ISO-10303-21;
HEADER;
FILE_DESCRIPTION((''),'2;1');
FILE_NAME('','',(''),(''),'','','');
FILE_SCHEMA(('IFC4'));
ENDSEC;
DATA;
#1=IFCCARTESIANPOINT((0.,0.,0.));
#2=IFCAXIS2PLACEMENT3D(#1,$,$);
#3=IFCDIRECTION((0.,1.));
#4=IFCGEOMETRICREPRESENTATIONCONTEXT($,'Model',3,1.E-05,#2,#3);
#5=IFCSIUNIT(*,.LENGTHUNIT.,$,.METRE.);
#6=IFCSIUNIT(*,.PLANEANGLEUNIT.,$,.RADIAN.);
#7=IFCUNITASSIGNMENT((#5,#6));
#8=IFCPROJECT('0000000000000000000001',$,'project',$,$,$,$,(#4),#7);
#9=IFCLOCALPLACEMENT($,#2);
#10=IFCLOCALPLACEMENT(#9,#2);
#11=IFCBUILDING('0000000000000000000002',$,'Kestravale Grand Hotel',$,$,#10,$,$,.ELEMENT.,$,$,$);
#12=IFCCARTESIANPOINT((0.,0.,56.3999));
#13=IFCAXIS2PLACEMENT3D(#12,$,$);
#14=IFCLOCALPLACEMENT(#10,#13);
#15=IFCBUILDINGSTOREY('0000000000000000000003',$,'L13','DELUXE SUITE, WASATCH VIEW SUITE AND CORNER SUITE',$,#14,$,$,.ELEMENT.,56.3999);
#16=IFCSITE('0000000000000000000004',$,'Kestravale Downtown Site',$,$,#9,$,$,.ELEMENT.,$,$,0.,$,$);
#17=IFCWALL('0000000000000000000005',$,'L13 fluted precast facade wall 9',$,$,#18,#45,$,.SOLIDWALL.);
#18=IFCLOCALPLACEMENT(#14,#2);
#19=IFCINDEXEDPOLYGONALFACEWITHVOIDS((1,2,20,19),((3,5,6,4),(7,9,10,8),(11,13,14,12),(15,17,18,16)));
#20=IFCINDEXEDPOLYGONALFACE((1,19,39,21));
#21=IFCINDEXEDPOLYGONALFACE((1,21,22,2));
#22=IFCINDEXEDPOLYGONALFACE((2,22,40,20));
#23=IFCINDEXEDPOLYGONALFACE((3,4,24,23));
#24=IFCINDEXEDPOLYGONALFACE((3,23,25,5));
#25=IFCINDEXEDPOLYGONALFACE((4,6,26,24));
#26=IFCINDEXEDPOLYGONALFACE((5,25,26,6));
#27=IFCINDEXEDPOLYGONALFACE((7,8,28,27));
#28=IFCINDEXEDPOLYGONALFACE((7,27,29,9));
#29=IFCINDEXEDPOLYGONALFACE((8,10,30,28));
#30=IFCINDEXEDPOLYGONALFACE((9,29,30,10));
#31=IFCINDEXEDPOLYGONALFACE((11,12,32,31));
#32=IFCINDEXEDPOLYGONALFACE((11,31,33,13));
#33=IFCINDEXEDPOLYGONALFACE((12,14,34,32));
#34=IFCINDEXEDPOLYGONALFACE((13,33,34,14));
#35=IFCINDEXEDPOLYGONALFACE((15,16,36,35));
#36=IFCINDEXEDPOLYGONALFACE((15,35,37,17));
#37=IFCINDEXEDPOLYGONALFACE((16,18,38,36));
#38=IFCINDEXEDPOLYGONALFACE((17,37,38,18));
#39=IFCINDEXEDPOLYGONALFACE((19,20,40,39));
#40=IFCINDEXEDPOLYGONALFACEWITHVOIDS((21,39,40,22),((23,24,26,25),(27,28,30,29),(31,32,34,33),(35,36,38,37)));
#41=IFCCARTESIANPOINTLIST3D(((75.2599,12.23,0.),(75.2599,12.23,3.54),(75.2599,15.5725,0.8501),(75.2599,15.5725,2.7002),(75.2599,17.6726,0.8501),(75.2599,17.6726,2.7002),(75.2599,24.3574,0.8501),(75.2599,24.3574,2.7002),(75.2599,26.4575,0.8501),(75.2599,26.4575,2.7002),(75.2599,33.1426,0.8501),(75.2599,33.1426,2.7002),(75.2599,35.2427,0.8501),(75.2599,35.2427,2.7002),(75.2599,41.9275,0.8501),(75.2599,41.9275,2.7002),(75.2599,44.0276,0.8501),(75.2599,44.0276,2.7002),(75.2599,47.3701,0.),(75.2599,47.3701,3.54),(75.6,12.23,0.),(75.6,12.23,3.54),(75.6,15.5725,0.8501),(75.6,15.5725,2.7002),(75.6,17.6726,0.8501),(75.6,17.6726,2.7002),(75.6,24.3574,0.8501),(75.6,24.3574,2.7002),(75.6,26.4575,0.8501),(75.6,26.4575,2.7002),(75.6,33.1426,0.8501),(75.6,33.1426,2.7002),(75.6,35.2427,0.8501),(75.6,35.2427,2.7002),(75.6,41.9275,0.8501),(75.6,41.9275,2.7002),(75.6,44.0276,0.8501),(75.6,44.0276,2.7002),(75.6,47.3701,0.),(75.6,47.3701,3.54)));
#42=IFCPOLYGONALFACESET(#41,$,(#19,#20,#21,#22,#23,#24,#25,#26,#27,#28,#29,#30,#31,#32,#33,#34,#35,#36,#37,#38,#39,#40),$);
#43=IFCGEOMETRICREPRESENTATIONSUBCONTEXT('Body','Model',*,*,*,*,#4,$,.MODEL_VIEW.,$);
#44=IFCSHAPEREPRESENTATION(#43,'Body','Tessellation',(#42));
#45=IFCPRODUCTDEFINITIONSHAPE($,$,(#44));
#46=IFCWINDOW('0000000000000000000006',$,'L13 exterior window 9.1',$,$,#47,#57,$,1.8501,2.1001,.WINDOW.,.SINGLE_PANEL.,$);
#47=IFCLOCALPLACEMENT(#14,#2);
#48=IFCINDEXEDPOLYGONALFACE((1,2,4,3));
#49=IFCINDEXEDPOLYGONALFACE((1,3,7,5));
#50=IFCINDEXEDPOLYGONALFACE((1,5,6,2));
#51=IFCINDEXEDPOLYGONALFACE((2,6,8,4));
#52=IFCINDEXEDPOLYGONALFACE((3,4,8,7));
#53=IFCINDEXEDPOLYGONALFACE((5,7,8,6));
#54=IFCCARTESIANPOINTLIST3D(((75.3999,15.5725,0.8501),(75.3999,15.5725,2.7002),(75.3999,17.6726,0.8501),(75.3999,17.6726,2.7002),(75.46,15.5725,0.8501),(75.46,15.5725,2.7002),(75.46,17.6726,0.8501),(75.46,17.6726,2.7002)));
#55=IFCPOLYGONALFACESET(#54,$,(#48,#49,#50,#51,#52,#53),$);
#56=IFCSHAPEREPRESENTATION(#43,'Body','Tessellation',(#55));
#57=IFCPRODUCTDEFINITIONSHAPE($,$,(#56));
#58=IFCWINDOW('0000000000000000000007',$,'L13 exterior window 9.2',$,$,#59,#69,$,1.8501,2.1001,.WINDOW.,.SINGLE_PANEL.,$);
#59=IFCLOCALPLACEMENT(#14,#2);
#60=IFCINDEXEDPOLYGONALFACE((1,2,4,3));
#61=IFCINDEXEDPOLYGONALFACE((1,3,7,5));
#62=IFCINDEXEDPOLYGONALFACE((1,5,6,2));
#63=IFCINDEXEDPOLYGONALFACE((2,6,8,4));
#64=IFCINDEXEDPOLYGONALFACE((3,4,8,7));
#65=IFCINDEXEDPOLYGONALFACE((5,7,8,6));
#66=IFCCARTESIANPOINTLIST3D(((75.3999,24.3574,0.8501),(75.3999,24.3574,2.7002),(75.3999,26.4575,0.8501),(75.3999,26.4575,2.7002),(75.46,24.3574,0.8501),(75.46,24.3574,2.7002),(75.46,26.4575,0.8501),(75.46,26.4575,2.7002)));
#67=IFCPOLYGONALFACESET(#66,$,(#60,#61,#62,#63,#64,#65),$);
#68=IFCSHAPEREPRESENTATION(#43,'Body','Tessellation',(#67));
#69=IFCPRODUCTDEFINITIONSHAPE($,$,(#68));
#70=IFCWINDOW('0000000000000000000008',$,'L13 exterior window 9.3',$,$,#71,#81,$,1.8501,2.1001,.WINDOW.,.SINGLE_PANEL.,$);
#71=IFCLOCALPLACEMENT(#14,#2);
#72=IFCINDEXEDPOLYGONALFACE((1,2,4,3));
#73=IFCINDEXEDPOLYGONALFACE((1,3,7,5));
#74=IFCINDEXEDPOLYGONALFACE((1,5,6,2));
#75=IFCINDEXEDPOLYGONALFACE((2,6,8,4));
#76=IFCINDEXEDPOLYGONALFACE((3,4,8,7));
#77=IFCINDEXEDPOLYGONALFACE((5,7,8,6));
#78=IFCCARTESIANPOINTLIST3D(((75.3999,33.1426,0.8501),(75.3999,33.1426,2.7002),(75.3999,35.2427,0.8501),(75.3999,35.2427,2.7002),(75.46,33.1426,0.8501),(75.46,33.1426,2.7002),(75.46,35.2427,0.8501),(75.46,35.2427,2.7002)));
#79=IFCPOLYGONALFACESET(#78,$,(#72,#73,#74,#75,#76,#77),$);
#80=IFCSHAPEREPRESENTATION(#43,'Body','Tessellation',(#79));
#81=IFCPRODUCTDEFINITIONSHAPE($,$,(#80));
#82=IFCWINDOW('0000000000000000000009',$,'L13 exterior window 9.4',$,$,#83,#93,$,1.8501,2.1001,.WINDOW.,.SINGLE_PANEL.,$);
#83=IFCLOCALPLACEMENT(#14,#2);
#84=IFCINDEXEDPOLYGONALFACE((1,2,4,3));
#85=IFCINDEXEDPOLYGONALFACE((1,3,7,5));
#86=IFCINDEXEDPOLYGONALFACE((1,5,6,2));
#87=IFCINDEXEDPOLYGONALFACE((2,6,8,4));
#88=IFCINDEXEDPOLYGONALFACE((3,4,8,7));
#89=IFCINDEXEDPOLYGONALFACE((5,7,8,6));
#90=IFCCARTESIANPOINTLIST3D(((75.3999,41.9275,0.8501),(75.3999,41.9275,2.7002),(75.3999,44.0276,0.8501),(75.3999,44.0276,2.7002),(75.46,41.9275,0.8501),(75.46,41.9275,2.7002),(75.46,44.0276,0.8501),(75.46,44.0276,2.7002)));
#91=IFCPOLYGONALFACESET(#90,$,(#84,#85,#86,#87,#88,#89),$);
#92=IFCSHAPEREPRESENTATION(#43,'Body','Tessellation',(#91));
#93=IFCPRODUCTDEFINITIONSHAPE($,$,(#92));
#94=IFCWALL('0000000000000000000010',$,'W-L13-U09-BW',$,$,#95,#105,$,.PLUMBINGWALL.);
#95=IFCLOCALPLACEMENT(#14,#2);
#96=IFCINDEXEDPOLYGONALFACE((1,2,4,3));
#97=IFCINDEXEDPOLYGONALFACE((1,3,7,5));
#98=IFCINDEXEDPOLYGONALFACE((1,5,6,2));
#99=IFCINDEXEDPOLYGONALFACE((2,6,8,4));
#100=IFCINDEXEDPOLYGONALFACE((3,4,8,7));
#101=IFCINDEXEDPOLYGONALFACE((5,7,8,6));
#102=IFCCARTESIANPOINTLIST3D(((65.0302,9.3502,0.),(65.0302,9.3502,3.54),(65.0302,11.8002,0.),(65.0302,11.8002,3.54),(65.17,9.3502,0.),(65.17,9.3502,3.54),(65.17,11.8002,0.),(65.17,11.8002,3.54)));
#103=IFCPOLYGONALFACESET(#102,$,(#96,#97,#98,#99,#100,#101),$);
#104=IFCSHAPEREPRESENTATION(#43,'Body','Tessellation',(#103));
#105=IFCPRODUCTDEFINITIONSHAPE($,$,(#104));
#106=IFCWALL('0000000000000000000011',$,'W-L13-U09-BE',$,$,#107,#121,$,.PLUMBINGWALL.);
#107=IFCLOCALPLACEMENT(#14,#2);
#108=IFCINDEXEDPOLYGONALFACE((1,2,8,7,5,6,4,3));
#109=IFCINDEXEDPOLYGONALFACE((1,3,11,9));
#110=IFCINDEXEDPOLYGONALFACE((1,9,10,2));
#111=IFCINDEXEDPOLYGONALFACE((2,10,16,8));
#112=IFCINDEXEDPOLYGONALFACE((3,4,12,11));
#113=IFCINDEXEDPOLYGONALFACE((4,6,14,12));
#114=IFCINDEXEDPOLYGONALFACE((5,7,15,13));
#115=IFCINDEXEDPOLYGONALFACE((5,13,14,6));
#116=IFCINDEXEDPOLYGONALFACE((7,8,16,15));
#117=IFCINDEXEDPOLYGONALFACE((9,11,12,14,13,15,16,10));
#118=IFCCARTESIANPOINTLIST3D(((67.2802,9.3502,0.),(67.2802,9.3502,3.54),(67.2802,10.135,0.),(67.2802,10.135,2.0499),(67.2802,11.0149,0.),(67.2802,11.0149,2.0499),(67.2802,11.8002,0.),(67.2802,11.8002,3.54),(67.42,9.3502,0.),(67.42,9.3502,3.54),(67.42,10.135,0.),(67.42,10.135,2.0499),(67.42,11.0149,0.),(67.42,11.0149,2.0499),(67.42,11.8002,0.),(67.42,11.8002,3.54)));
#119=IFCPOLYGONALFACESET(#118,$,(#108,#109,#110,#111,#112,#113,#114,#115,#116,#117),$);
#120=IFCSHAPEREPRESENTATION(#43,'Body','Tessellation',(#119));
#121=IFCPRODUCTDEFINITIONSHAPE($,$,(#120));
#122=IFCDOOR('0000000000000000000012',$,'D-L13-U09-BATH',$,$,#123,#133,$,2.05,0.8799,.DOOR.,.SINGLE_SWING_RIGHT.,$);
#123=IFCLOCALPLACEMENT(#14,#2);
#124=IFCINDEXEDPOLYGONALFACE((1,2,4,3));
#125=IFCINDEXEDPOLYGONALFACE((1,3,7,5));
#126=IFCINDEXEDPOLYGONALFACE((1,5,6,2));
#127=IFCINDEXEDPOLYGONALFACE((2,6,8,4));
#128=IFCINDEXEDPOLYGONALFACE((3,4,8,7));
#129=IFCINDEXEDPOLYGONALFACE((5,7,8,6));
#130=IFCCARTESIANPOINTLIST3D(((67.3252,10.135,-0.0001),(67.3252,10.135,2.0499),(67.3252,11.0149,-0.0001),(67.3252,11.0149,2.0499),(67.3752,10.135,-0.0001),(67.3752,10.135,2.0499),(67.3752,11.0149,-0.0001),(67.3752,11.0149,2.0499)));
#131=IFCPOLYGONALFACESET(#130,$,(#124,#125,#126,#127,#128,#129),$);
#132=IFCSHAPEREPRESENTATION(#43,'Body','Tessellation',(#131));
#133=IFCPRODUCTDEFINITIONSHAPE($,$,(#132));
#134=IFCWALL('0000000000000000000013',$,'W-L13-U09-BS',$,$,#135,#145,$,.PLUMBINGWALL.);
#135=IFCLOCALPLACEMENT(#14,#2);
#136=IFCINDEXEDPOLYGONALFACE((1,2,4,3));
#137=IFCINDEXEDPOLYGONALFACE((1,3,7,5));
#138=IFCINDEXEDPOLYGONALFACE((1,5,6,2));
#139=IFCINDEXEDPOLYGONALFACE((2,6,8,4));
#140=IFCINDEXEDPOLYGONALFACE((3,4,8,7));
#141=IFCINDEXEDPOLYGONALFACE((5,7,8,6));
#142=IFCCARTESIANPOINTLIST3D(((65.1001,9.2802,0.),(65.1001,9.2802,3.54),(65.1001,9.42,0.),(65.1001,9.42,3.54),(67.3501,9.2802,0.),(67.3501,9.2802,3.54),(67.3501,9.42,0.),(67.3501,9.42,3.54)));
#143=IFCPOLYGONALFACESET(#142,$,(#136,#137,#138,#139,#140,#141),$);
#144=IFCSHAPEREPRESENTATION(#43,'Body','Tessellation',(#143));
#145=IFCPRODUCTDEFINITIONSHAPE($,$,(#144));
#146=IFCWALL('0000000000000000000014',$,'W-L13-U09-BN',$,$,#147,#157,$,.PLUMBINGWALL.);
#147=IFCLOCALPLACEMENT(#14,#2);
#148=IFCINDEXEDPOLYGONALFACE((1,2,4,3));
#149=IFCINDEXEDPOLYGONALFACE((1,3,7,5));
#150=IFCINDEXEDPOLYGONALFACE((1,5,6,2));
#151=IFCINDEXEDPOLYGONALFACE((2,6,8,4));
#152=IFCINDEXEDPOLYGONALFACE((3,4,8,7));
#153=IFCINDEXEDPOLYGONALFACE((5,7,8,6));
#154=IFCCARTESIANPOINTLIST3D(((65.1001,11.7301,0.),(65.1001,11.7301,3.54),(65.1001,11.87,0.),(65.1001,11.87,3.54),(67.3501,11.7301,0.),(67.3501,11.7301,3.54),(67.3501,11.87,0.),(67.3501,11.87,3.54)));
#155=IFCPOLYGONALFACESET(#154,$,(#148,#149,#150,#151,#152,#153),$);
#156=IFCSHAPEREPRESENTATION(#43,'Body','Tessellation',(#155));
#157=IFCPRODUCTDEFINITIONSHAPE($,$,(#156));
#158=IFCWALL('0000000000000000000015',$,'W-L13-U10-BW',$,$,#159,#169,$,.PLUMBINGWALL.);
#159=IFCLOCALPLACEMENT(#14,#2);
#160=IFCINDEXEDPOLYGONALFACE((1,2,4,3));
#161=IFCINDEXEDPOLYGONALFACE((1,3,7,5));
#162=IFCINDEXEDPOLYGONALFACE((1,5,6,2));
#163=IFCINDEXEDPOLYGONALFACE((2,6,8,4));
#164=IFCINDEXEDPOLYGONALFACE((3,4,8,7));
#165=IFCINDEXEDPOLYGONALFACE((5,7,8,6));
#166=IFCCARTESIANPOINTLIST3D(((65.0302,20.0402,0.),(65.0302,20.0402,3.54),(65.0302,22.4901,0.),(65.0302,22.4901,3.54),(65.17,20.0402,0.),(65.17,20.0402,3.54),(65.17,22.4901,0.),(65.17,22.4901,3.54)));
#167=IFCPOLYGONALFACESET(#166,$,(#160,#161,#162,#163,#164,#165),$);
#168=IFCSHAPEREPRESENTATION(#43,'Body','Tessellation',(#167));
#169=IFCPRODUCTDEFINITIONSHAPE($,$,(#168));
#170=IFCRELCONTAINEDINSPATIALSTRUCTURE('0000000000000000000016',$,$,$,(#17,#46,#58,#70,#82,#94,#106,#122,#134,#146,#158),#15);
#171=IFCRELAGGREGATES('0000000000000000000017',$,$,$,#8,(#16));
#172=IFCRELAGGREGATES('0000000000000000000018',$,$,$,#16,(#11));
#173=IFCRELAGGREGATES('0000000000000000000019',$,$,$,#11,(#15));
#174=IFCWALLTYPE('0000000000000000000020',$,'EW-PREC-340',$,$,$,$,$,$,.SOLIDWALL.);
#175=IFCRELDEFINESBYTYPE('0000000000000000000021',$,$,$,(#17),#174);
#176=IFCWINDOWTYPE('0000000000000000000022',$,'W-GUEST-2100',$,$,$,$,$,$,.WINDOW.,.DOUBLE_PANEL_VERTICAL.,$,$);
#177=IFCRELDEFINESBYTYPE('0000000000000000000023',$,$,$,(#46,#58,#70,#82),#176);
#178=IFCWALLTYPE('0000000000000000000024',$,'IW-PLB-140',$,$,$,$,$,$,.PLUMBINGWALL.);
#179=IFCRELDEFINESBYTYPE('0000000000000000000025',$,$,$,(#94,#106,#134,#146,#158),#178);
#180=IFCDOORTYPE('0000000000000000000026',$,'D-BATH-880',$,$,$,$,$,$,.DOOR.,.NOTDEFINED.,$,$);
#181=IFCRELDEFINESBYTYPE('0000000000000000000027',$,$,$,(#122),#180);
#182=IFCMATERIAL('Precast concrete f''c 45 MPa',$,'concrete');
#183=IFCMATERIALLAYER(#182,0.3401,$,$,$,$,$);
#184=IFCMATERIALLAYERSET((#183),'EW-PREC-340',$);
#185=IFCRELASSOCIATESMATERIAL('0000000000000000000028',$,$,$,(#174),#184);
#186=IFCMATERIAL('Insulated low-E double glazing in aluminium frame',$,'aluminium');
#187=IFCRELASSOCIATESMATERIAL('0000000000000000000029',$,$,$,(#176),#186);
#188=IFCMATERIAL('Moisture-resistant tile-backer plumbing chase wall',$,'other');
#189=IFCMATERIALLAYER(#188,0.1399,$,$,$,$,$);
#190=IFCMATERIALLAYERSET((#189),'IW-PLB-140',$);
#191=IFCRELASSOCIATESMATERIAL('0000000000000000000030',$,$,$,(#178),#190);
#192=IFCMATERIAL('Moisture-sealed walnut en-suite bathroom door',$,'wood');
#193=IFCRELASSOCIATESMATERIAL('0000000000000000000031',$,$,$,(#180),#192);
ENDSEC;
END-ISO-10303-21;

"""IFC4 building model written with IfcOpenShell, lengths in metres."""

from ifc_helpers import new_model, si_unit, direction, frame, frame_2d, origin, place, context, subcontext, project, spatial, rectangle, extrude, material, layer, layer_set, type_object, element, fill, save


model = new_model("IFC4")

# Units and contexts
model_context = context("Model", 3, precision=1e-05, world=origin(), true_north=direction((0.0, 1.0)))
body_context = subcontext(model_context, "Body", "Model", "MODEL_VIEW")
ifc_project = project(units=[si_unit("LENGTHUNIT", "METRE"), si_unit("PLANEANGLEUNIT", "RADIAN")], contexts=[model_context])

# Site, building, storey
site_placement = place(None, origin())
site = spatial("IfcSite", under=ifc_project, at=site_placement, Name="Kestravale Downtown Site", CompositionType="ELEMENT", RefElevation=0.0)
building_placement = place(site_placement, origin())
building = spatial("IfcBuilding", under=site, at=building_placement, Name="Kestravale Grand Hotel", CompositionType="ELEMENT")
storey_placement = place(building_placement, frame((0.0, 0.0, 56.3999)))
storey = spatial("IfcBuildingStorey", under=building, at=storey_placement, Name="L13", Description="DELUXE SUITE, WASATCH VIEW SUITE AND CORNER SUITE", CompositionType="ELEMENT", Elevation=56.3999)

# Shared definitions
ifc_material_1 = material(Name="Precast concrete f'c 45 MPa", Category="concrete")
ifc_layer_1 = layer(ifc_material_1, 0.3401)
ifc_layer_set_1 = layer_set([ifc_layer_1], Name="EW-PREC-340")
wall_type_1 = type_object("IfcWallType", Name="EW-PREC-340", PredefinedType="SOLIDWALL", material=ifc_layer_set_1)
ifc_material_2 = material(Name="Insulated low-E double glazing in aluminium frame", Category="aluminium")
window_type = type_object("IfcWindowType", Name="W-GUEST-2100", PartitioningType="DOUBLE_PANEL_VERTICAL", PredefinedType="WINDOW", material=ifc_material_2)

# Wall, openings, windows
wall_1_placement = place(storey_placement, frame((75.4299, 12.23, 0.0), z_axis=(0.0, 0.0, 1.0), x_axis=(0.0, 1.0, 0.0)))
wall_1 = element("IfcWall", 1, at=wall_1_placement, inside=storey, type_object=wall_type_1, Name="L13 fluted precast facade wall 9", PredefinedType="SOLIDWALL", context=body_context, shape_type="SweptSolid", body=[
    extrude(rectangle(XDim=35.1401, YDim=0.3401, at=frame_2d((17.5701, 0.0))), origin(), (0.0, 0.0, 1.0), 3.54),
])
opening_1_placement = place(wall_1_placement, frame((3.3425, 0.0, 0.8501)))
opening_1 = element("IfcOpeningElement", 2, at=opening_1_placement, cuts=wall_1, PredefinedType="OPENING", context=body_context, shape_type="SweptSolid", body=[
    extrude(rectangle(XDim=2.1001, YDim=1.8501, at=frame_2d((1.05, 0.925))), frame((0.0, 0.1799, 0.0), z_axis=(0.0, -1.0, 0.0), x_axis=(1.0, 0.0, 0.0)), (0.0, 0.0, 1.0), 0.3601),
])
opening_2_placement = place(wall_1_placement, frame((12.1274, 0.0, 0.8501)))
opening_2 = element("IfcOpeningElement", 3, at=opening_2_placement, cuts=wall_1, PredefinedType="OPENING", context=body_context, shape_type="SweptSolid", body=[
    extrude(rectangle(XDim=2.1001, YDim=1.8501, at=frame_2d((1.05, 0.925))), frame((0.0, 0.1799, 0.0), z_axis=(0.0, -1.0, 0.0), x_axis=(1.0, 0.0, 0.0)), (0.0, 0.0, 1.0), 0.3601),
])
opening_3_placement = place(wall_1_placement, frame((20.9126, 0.0, 0.8501)))
opening_3 = element("IfcOpeningElement", 4, at=opening_3_placement, cuts=wall_1, PredefinedType="OPENING", context=body_context, shape_type="SweptSolid", body=[
    extrude(rectangle(XDim=2.1001, YDim=1.8501, at=frame_2d((1.05, 0.925))), frame((0.0, 0.1799, 0.0), z_axis=(0.0, -1.0, 0.0), x_axis=(1.0, 0.0, 0.0)), (0.0, 0.0, 1.0), 0.3601),
])
opening_4_placement = place(wall_1_placement, frame((29.6975, 0.0, 0.8501)))
opening_4 = element("IfcOpeningElement", 5, at=opening_4_placement, cuts=wall_1, PredefinedType="OPENING", context=body_context, shape_type="SweptSolid", body=[
    extrude(rectangle(XDim=2.1001, YDim=1.8501, at=frame_2d((1.05, 0.925))), frame((0.0, 0.1799, 0.0), z_axis=(0.0, -1.0, 0.0), x_axis=(1.0, 0.0, 0.0)), (0.0, 0.0, 1.0), 0.3601),
])
window_1_placement = place(opening_1_placement, origin())
window_1 = element("IfcWindow", 6, at=window_1_placement, inside=storey, type_object=window_type, Name="L13 exterior window 9.1", OverallHeight=1.8501, OverallWidth=2.1001, PartitioningType="SINGLE_PANEL", PredefinedType="WINDOW", context=body_context, shape_type="SweptSolid", body=[
    extrude(rectangle(XDim=2.1001, YDim=1.8501, at=frame_2d((1.05, 0.925))), frame((0.0, 0.03, 0.0), z_axis=(0.0, -1.0, 0.0), x_axis=(1.0, 0.0, 0.0)), (0.0, 0.0, 1.0), 0.0601),
])
fill(opening_1, window_1)
window_2_placement = place(opening_2_placement, origin())
window_2 = element("IfcWindow", 7, at=window_2_placement, inside=storey, type_object=window_type, Name="L13 exterior window 9.2", OverallHeight=1.8501, OverallWidth=2.1001, PartitioningType="SINGLE_PANEL", PredefinedType="WINDOW", context=body_context, shape_type="SweptSolid", body=[
    extrude(rectangle(XDim=2.1001, YDim=1.8501, at=frame_2d((1.05, 0.925))), frame((0.0, 0.03, 0.0), z_axis=(0.0, -1.0, 0.0), x_axis=(1.0, 0.0, 0.0)), (0.0, 0.0, 1.0), 0.0601),
])
fill(opening_2, window_2)
window_3_placement = place(opening_3_placement, origin())
window_3 = element("IfcWindow", 8, at=window_3_placement, inside=storey, type_object=window_type, Name="L13 exterior window 9.3", OverallHeight=1.8501, OverallWidth=2.1001, PartitioningType="SINGLE_PANEL", PredefinedType="WINDOW", context=body_context, shape_type="SweptSolid", body=[
    extrude(rectangle(XDim=2.1001, YDim=1.8501, at=frame_2d((1.05, 0.925))), frame((0.0, 0.03, 0.0), z_axis=(0.0, -1.0, 0.0), x_axis=(1.0, 0.0, 0.0)), (0.0, 0.0, 1.0), 0.0601),
])
fill(opening_3, window_3)
window_4_placement = place(opening_4_placement, origin())
window_4 = element("IfcWindow", 9, at=window_4_placement, inside=storey, type_object=window_type, Name="L13 exterior window 9.4", OverallHeight=1.8501, OverallWidth=2.1001, PartitioningType="SINGLE_PANEL", PredefinedType="WINDOW", context=body_context, shape_type="SweptSolid", body=[
    extrude(rectangle(XDim=2.1001, YDim=1.8501, at=frame_2d((1.05, 0.925))), frame((0.0, 0.03, 0.0), z_axis=(0.0, -1.0, 0.0), x_axis=(1.0, 0.0, 0.0)), (0.0, 0.0, 1.0), 0.0601),
])
fill(opening_4, window_4)

# Wall
ifc_material_3 = material(Name="Moisture-resistant tile-backer plumbing chase wall", Category="other")
ifc_layer_2 = layer(ifc_material_3, 0.1399)
ifc_layer_set_2 = layer_set([ifc_layer_2], Name="IW-PLB-140")
wall_type_2 = type_object("IfcWallType", Name="IW-PLB-140", PredefinedType="PLUMBINGWALL", material=ifc_layer_set_2)
wall_2_placement = place(storey_placement, frame((65.1001, 9.3501, 0.0), z_axis=(0.0, 0.0, 1.0), x_axis=(0.0, 1.0, 0.0)))
element("IfcWall", 10, at=wall_2_placement, inside=storey, type_object=wall_type_2, Name="W-L13-U09-BW", PredefinedType="PLUMBINGWALL", context=body_context, shape_type="SweptSolid", body=[
    extrude(rectangle(XDim=2.45, YDim=0.1399, at=frame_2d((1.2251, 0.0))), origin(), (0.0, 0.0, 1.0), 3.54),
])

# Wall, opening, door
wall_3_placement = place(storey_placement, frame((67.3501, 9.3501, 0.0), z_axis=(0.0, 0.0, 1.0), x_axis=(0.0, 1.0, 0.0)))
wall_3 = element("IfcWall", 11, at=wall_3_placement, inside=storey, type_object=wall_type_2, Name="W-L13-U09-BE", PredefinedType="PLUMBINGWALL", context=body_context, shape_type="SweptSolid", body=[
    extrude(rectangle(XDim=2.45, YDim=0.1399, at=frame_2d((1.2251, 0.0))), origin(), (0.0, 0.0, 1.0), 3.54),
])
opening_5_placement = place(wall_3_placement, frame((0.7849, 0.0, 0.0)))
opening_5 = element("IfcOpeningElement", 12, at=opening_5_placement, cuts=wall_3, PredefinedType="OPENING", context=body_context, shape_type="SweptSolid", body=[
    extrude(rectangle(XDim=0.8799, YDim=2.05, at=frame_2d((0.4399, 1.0249))), frame((0.0, 0.0798, 0.0), z_axis=(0.0, -1.0, 0.0), x_axis=(1.0, 0.0, 0.0)), (0.0, 0.0, 1.0), 0.1599),
])
ifc_material_4 = material(Name="Moisture-sealed walnut en-suite bathroom door", Category="wood")
door_type = type_object("IfcDoorType", Name="D-BATH-880", OperationType="NOTDEFINED", PredefinedType="DOOR", material=ifc_material_4)
door_1_placement = place(opening_5_placement, origin())
door_1 = element("IfcDoor", 13, at=door_1_placement, inside=storey, type_object=door_type, Name="D-L13-U09-BATH", OperationType="SINGLE_SWING_RIGHT", OverallHeight=2.05, OverallWidth=0.8799, PredefinedType="DOOR", context=body_context, shape_type="SweptSolid", body=[
    extrude(rectangle(XDim=0.8799, YDim=2.05, at=frame_2d((0.4399, 1.0249))), frame((0.0, 0.0249, 0.0), z_axis=(0.0, -1.0, 0.0), x_axis=(1.0, 0.0, 0.0)), (0.0, 0.0, 1.0), 0.05),
])
fill(opening_5, door_1)

# Walls
for number, where, z_axis, x_axis, name in (
    (14, (65.1001, 9.3501, 0.0), (0.0, 0.0, 1.0), (1.0, 0.0, 0.0), "W-L13-U09-BS"),
    (15, (65.1001, 11.8, 0.0), (0.0, 0.0, 1.0), (1.0, 0.0, 0.0), "W-L13-U09-BN"),
):
    element("IfcWall", number, at=place(storey_placement, frame(where, z_axis=z_axis, x_axis=x_axis)), inside=storey, type_object=wall_type_2, Name=name, PredefinedType="PLUMBINGWALL", context=body_context, shape_type="SweptSolid", body=[
        extrude(rectangle(XDim=2.25, YDim=0.1399, at=frame_2d((1.125, 0.0))), origin(), (0.0, 0.0, 1.0), 3.54),
    ])
wall_4_placement = place(storey_placement, frame((65.1001, 20.04, 0.0), z_axis=(0.0, 0.0, 1.0), x_axis=(0.0, 1.0, 0.0)))
element("IfcWall", 16, at=wall_4_placement, inside=storey, type_object=wall_type_2, Name="W-L13-U10-BW", PredefinedType="PLUMBINGWALL", context=body_context, shape_type="SweptSolid", body=[
    extrude(rectangle(XDim=2.45, YDim=0.1399, at=frame_2d((1.2251, 0.0))), origin(), (0.0, 0.0, 1.0), 3.54),
])

save(model, "model.ifc")
